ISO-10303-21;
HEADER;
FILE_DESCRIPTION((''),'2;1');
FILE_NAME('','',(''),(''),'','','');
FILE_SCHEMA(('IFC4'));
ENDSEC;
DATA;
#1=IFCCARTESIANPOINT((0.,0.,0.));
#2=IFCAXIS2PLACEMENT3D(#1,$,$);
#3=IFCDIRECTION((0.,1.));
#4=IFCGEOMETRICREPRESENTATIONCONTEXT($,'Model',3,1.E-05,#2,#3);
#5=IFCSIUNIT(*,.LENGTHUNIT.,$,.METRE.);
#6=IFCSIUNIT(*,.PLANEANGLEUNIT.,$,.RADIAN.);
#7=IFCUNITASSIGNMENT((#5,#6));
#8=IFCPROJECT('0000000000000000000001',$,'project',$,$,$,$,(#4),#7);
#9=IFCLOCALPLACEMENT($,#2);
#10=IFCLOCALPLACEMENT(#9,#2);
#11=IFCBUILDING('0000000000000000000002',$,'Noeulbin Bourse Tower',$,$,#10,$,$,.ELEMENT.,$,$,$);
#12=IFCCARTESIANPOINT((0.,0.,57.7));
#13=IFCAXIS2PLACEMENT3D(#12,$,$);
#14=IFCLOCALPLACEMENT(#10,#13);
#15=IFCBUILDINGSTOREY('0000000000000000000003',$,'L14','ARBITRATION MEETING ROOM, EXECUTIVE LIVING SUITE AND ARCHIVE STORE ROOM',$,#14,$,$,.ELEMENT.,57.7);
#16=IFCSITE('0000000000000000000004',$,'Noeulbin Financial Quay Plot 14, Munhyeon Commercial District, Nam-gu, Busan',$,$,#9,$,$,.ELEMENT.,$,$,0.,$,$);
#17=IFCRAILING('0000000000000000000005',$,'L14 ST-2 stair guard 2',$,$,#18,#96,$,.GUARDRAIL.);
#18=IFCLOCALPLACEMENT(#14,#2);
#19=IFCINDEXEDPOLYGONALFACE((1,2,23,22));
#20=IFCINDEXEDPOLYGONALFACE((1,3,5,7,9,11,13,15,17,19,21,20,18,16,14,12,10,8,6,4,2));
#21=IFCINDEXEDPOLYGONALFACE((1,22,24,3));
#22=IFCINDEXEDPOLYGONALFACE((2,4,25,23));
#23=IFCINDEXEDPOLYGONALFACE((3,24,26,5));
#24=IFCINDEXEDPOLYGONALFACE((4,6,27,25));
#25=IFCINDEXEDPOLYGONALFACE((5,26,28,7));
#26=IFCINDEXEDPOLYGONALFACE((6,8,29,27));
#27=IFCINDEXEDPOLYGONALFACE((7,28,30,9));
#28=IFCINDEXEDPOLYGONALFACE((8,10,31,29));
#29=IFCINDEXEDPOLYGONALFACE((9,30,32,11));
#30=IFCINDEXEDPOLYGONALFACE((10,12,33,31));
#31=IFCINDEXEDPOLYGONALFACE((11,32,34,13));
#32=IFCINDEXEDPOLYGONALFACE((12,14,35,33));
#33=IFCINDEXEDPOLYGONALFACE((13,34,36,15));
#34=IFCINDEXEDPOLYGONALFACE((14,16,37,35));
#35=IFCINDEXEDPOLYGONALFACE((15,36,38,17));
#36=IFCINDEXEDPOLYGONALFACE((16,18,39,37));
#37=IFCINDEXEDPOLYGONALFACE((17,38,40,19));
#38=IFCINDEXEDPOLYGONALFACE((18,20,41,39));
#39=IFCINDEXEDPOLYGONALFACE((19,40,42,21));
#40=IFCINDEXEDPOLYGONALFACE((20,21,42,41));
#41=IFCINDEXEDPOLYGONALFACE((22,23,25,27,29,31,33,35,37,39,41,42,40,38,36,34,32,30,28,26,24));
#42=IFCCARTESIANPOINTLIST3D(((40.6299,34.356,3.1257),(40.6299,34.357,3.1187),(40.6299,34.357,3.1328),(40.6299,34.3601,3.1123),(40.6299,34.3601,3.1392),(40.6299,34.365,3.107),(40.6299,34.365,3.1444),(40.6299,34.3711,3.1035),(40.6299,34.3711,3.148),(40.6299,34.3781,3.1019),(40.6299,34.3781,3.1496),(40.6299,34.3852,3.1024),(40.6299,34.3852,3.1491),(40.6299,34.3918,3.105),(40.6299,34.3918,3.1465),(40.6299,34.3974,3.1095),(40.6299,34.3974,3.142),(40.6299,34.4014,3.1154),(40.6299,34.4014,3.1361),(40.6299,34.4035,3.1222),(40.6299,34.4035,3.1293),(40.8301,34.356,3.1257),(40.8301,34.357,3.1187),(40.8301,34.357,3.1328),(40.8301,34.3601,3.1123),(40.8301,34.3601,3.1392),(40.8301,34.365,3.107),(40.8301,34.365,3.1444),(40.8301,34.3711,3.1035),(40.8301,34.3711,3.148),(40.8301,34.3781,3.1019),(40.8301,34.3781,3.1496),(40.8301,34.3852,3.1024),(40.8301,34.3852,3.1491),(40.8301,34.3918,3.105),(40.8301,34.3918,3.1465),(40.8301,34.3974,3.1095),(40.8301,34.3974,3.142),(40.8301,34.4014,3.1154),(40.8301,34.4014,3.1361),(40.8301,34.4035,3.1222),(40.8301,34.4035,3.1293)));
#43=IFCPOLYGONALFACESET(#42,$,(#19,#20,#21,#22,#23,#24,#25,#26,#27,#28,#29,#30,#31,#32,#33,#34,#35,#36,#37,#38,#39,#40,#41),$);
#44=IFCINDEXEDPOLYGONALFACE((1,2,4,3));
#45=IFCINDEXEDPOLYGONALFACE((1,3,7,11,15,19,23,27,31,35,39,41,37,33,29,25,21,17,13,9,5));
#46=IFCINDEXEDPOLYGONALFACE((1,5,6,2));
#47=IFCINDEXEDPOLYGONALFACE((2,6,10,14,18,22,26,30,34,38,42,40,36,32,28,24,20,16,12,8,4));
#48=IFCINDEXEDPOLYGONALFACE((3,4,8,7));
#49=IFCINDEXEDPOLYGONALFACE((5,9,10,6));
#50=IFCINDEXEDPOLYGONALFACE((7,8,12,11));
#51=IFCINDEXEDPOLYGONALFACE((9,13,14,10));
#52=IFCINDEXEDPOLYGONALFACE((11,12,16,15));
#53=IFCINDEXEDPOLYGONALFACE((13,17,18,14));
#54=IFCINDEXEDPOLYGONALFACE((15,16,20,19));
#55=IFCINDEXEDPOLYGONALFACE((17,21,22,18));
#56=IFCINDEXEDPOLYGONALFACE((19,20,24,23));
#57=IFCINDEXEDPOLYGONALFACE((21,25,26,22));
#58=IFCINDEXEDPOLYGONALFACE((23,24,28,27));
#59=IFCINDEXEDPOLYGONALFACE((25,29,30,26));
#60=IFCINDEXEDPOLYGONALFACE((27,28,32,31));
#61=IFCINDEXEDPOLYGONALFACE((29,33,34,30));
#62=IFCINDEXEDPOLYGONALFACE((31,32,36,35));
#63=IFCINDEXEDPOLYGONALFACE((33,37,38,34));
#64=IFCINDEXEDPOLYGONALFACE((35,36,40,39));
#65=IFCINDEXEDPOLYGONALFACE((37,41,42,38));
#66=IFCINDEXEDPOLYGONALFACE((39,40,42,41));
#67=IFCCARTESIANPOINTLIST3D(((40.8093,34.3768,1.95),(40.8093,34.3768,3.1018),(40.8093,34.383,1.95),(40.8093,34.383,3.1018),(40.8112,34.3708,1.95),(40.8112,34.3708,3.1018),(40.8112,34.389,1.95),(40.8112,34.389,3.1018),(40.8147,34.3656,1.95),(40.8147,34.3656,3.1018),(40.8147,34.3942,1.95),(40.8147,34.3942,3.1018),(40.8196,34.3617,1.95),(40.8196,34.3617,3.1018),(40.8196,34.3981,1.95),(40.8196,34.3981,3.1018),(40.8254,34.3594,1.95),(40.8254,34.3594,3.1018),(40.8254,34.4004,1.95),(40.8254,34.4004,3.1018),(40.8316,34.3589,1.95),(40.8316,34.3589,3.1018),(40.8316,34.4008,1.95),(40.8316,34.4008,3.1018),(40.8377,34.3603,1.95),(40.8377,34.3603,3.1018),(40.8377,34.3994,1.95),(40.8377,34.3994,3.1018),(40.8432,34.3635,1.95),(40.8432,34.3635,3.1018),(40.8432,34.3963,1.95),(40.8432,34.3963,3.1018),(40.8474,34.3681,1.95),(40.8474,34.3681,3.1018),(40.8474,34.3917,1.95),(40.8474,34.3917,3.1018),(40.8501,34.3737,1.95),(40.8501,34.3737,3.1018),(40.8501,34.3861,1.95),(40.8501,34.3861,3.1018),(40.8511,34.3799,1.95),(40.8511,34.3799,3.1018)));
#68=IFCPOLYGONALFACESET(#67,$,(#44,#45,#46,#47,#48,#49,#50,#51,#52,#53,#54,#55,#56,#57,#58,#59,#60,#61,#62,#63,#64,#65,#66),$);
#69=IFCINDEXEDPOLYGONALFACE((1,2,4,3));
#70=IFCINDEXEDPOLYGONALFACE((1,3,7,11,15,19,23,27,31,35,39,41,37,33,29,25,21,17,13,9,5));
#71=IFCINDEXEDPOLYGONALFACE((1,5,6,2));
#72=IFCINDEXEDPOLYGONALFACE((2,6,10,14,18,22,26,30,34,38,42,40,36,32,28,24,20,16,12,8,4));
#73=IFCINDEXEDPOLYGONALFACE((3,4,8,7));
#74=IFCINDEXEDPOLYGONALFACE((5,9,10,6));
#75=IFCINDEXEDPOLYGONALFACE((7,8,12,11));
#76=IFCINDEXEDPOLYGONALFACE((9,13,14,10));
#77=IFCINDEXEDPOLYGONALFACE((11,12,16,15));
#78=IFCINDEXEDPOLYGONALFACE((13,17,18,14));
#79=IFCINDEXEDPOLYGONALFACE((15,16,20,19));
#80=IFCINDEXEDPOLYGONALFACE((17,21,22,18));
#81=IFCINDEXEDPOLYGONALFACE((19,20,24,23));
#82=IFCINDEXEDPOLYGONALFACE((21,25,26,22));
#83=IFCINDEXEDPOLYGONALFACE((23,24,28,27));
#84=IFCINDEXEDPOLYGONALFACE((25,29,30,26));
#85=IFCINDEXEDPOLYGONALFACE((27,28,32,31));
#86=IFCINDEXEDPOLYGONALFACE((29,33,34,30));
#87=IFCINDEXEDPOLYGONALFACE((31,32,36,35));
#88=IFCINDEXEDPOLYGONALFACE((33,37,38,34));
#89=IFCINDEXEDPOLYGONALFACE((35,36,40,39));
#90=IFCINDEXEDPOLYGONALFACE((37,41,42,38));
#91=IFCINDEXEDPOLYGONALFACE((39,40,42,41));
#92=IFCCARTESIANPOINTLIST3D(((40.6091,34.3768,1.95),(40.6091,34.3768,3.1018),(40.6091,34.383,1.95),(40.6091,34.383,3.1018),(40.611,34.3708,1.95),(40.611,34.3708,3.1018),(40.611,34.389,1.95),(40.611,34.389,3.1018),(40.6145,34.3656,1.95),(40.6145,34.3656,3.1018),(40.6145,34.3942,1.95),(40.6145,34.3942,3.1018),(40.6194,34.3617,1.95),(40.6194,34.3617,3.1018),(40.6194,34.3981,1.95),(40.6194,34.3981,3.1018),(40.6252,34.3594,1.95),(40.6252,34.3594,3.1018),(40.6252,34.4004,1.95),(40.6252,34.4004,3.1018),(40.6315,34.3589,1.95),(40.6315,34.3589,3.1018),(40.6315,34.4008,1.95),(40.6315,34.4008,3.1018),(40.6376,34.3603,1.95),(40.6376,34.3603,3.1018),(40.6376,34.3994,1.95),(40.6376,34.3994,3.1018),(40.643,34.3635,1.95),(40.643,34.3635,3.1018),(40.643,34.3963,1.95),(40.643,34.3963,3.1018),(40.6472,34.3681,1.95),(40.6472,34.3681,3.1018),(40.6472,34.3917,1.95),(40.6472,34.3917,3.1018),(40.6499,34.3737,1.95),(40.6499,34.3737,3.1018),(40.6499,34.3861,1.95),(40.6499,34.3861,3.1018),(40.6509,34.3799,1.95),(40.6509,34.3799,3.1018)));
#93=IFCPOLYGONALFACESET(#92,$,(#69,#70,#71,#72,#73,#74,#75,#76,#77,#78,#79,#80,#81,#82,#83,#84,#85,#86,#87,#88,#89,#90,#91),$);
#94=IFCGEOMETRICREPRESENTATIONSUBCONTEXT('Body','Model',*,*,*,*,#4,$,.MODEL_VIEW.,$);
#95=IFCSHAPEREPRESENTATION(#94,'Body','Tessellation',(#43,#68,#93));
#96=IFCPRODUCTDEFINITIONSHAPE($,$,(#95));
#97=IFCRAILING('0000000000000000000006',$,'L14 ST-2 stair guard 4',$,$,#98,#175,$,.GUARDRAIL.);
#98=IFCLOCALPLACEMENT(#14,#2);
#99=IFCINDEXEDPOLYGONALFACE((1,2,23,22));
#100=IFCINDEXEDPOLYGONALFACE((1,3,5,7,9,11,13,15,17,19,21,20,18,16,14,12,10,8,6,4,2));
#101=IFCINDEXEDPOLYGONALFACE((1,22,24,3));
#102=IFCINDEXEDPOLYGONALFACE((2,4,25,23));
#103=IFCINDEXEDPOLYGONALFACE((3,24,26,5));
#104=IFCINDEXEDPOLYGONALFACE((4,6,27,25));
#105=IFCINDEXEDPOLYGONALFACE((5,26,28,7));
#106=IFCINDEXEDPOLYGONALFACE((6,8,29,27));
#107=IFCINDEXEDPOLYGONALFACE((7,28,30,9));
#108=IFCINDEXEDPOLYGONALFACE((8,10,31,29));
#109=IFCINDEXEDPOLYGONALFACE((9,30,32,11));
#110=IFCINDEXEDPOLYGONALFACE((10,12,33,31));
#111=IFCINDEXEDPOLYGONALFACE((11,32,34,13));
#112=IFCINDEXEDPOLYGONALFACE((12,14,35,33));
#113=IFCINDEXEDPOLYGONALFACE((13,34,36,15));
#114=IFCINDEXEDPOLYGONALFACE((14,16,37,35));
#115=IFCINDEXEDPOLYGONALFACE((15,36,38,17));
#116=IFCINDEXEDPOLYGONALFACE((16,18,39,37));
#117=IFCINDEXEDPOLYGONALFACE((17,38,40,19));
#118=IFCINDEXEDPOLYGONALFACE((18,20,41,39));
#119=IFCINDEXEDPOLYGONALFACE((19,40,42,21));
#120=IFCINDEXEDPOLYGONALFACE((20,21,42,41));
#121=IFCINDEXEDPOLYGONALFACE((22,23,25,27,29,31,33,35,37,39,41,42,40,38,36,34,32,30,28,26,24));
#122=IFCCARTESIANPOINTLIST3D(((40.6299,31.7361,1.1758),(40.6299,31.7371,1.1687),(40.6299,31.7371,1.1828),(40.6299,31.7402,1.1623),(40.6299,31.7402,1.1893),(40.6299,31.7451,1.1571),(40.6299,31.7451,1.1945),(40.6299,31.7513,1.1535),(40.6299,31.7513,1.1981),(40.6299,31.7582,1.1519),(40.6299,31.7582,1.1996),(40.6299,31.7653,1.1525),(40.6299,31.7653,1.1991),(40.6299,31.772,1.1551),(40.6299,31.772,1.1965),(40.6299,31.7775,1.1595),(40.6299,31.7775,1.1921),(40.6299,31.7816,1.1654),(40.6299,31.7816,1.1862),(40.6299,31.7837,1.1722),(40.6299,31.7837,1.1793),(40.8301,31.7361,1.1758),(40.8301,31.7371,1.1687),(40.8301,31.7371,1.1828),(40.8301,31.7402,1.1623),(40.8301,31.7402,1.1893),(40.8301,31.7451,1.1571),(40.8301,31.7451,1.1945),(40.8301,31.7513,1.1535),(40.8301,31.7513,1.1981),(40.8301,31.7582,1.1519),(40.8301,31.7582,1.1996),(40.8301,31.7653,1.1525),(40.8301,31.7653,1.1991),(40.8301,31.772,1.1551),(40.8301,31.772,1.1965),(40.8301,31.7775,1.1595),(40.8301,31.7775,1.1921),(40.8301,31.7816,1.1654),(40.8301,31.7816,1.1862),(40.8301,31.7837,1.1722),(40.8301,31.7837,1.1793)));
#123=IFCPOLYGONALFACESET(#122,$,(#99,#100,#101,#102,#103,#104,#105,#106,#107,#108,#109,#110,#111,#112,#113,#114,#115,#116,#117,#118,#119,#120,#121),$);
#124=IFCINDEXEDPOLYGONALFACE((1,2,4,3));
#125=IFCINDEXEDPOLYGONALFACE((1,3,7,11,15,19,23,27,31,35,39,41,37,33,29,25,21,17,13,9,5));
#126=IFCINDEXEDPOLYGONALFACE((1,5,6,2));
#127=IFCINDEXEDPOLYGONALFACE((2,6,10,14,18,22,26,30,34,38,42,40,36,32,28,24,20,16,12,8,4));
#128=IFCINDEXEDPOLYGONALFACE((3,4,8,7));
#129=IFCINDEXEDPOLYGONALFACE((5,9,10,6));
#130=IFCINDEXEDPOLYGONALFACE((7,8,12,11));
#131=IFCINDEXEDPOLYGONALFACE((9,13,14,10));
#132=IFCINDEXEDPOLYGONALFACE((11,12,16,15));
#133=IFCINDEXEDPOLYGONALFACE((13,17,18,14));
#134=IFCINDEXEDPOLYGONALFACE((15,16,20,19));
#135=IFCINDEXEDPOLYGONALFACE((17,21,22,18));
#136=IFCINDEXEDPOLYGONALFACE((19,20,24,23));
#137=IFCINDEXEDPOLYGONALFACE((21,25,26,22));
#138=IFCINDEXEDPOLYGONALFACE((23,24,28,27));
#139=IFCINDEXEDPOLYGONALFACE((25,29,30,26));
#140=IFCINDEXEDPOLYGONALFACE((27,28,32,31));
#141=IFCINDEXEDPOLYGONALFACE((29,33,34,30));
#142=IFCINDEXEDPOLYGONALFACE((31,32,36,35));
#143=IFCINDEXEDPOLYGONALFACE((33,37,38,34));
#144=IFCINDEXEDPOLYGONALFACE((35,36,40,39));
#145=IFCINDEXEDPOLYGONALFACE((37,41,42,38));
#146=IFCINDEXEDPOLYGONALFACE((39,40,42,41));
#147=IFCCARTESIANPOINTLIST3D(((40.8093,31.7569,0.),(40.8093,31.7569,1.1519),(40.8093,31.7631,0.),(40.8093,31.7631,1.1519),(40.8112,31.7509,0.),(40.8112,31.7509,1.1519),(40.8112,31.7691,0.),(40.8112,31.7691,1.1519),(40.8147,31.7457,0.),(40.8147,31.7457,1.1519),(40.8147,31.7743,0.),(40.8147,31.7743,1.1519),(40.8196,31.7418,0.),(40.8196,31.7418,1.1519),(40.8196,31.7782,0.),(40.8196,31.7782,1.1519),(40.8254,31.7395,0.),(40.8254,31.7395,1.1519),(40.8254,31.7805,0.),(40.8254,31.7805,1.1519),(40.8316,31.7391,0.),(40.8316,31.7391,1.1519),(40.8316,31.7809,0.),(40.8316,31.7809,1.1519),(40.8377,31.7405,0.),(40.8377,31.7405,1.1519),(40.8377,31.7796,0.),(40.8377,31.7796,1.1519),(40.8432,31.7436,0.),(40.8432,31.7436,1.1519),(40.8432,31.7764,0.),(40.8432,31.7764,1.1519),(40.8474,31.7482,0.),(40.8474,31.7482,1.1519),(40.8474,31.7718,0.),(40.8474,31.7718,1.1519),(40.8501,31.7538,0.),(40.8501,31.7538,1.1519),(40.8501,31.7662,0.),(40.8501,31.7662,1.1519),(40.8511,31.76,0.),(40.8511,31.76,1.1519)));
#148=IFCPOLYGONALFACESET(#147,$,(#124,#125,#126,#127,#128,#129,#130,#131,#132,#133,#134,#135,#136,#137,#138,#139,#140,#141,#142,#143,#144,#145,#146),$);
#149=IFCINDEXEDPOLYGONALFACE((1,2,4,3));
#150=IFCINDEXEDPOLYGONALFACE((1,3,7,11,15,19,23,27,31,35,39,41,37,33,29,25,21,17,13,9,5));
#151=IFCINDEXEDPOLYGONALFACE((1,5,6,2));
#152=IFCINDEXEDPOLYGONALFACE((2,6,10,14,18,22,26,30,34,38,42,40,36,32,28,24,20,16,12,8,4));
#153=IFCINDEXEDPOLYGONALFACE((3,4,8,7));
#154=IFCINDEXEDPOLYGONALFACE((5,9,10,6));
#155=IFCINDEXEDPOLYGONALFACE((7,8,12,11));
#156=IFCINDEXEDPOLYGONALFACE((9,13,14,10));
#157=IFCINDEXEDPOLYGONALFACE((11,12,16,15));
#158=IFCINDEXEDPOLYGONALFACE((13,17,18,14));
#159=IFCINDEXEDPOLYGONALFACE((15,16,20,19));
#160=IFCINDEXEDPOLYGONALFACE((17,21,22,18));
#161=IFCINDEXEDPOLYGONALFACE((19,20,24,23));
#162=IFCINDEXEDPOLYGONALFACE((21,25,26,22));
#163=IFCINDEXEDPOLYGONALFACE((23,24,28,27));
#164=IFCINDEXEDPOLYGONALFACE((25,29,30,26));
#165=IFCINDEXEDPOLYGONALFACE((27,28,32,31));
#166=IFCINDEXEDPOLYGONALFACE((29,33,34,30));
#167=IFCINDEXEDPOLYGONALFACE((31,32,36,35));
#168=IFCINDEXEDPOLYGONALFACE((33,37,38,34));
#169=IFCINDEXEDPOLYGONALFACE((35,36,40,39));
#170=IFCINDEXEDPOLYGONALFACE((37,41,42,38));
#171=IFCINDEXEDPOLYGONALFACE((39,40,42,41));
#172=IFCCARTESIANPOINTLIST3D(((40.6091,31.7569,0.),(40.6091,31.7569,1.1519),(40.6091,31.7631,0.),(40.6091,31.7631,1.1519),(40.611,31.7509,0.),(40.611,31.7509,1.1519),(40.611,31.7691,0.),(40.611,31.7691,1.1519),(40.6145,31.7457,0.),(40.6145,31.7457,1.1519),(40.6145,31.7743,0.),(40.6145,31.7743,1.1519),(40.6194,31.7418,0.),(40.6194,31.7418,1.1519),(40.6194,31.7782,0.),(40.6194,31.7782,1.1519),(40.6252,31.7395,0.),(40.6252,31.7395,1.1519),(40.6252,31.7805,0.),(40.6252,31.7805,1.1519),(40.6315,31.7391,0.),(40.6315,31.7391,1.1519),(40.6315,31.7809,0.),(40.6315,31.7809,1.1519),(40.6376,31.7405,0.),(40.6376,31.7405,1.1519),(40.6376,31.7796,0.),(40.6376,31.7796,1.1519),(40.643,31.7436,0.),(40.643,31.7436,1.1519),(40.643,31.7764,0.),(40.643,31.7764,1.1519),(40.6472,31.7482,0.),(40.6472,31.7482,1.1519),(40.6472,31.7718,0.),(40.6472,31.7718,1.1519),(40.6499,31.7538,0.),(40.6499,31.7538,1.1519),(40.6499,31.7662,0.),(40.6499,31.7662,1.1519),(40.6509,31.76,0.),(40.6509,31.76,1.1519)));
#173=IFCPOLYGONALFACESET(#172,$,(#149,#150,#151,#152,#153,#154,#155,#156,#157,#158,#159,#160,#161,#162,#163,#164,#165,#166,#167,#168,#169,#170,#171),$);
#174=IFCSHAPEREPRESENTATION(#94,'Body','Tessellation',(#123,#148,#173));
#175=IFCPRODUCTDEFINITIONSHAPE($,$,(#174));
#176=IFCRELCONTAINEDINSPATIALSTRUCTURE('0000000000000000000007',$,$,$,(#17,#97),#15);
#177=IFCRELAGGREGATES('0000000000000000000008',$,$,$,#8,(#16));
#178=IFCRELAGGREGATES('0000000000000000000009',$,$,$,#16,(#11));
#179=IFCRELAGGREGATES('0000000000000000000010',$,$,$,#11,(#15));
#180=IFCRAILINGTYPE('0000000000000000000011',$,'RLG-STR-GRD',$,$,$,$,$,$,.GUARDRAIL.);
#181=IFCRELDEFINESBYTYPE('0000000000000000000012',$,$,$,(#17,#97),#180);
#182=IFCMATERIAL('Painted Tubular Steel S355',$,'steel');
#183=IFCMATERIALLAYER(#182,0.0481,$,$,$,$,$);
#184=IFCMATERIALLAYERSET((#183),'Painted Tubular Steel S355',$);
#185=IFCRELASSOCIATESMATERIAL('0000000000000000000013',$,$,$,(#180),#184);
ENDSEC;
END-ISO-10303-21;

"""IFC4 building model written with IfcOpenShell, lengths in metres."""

from ifc_helpers import new_model, si_unit, direction, frame, origin, origin_2d, place, context, subcontext, project, spatial, circle, extrude, material, layer, layer_set, type_object, element, save


model = new_model("IFC4")

# Units and contexts
model_context = context("Model", 3, precision=1e-05, world=origin(), true_north=direction((0.0, 1.0)))
body_context = subcontext(model_context, "Body", "Model", "MODEL_VIEW")
ifc_project = project(units=[si_unit("LENGTHUNIT", "METRE"), si_unit("PLANEANGLEUNIT", "RADIAN")], contexts=[model_context])

# Site, building, storey
site_placement = place(None, origin())
site = spatial("IfcSite", under=ifc_project, at=site_placement, Name="Noeulbin Financial Quay Plot 14, Munhyeon Commercial District, Nam-gu, Busan", CompositionType="ELEMENT", RefElevation=0.0)
building_placement = place(site_placement, origin())
building = spatial("IfcBuilding", under=site, at=building_placement, Name="Noeulbin Bourse Tower", CompositionType="ELEMENT")
storey_placement = place(building_placement, frame((0.0, 0.0, 57.7)))
storey = spatial("IfcBuildingStorey", under=building, at=storey_placement, Name="L14", Description="ARBITRATION MEETING ROOM, EXECUTIVE LIVING SUITE AND ARCHIVE STORE ROOM", CompositionType="ELEMENT", Elevation=57.7)

# Railings
ifc_material_1 = material(Name="Painted Tubular Steel S355", Category="steel")
ifc_layer_1 = layer(ifc_material_1, 0.0481)
ifc_layer_set_1 = layer_set([ifc_layer_1], Name="Painted Tubular Steel S355")
railing_type_1 = type_object("IfcRailingType", Name="RLG-STR-GRD", PredefinedType="GUARDRAIL", material=ifc_layer_set_1)
for number, where, name in (
    (1, (40.8301, 34.3799, 1.95), "L14 ST-2 stair guard 2"),
    (2, (40.8301, 31.76, 0.0), "L14 ST-2 stair guard 4"),
):
    element("IfcRailing", number, at=place(storey_placement, frame(where)), inside=storey, type_object=railing_type_1, Name=name, PredefinedType="GUARDRAIL", context=body_context, shape_type="SweptSolid", body=[
        extrude(circle(Radius=0.0239, at=origin_2d()), frame((0.0, 0.0, 1.1758), z_axis=(-1.0, 0.0, 0.0), x_axis=(0.0, -1.0, 0.0)), (0.0, 0.0, 1.0), 0.2002),
        extrude(circle(Radius=0.021, at=origin_2d()), origin(), (0.0, 0.0, 1.0), 1.1519),
        extrude(circle(Radius=0.021, at=origin_2d()), frame((-0.2002, 0.0, 0.0)), (0.0, 0.0, 1.0), 1.1519),
    ])

save(model, "model.ifc")
